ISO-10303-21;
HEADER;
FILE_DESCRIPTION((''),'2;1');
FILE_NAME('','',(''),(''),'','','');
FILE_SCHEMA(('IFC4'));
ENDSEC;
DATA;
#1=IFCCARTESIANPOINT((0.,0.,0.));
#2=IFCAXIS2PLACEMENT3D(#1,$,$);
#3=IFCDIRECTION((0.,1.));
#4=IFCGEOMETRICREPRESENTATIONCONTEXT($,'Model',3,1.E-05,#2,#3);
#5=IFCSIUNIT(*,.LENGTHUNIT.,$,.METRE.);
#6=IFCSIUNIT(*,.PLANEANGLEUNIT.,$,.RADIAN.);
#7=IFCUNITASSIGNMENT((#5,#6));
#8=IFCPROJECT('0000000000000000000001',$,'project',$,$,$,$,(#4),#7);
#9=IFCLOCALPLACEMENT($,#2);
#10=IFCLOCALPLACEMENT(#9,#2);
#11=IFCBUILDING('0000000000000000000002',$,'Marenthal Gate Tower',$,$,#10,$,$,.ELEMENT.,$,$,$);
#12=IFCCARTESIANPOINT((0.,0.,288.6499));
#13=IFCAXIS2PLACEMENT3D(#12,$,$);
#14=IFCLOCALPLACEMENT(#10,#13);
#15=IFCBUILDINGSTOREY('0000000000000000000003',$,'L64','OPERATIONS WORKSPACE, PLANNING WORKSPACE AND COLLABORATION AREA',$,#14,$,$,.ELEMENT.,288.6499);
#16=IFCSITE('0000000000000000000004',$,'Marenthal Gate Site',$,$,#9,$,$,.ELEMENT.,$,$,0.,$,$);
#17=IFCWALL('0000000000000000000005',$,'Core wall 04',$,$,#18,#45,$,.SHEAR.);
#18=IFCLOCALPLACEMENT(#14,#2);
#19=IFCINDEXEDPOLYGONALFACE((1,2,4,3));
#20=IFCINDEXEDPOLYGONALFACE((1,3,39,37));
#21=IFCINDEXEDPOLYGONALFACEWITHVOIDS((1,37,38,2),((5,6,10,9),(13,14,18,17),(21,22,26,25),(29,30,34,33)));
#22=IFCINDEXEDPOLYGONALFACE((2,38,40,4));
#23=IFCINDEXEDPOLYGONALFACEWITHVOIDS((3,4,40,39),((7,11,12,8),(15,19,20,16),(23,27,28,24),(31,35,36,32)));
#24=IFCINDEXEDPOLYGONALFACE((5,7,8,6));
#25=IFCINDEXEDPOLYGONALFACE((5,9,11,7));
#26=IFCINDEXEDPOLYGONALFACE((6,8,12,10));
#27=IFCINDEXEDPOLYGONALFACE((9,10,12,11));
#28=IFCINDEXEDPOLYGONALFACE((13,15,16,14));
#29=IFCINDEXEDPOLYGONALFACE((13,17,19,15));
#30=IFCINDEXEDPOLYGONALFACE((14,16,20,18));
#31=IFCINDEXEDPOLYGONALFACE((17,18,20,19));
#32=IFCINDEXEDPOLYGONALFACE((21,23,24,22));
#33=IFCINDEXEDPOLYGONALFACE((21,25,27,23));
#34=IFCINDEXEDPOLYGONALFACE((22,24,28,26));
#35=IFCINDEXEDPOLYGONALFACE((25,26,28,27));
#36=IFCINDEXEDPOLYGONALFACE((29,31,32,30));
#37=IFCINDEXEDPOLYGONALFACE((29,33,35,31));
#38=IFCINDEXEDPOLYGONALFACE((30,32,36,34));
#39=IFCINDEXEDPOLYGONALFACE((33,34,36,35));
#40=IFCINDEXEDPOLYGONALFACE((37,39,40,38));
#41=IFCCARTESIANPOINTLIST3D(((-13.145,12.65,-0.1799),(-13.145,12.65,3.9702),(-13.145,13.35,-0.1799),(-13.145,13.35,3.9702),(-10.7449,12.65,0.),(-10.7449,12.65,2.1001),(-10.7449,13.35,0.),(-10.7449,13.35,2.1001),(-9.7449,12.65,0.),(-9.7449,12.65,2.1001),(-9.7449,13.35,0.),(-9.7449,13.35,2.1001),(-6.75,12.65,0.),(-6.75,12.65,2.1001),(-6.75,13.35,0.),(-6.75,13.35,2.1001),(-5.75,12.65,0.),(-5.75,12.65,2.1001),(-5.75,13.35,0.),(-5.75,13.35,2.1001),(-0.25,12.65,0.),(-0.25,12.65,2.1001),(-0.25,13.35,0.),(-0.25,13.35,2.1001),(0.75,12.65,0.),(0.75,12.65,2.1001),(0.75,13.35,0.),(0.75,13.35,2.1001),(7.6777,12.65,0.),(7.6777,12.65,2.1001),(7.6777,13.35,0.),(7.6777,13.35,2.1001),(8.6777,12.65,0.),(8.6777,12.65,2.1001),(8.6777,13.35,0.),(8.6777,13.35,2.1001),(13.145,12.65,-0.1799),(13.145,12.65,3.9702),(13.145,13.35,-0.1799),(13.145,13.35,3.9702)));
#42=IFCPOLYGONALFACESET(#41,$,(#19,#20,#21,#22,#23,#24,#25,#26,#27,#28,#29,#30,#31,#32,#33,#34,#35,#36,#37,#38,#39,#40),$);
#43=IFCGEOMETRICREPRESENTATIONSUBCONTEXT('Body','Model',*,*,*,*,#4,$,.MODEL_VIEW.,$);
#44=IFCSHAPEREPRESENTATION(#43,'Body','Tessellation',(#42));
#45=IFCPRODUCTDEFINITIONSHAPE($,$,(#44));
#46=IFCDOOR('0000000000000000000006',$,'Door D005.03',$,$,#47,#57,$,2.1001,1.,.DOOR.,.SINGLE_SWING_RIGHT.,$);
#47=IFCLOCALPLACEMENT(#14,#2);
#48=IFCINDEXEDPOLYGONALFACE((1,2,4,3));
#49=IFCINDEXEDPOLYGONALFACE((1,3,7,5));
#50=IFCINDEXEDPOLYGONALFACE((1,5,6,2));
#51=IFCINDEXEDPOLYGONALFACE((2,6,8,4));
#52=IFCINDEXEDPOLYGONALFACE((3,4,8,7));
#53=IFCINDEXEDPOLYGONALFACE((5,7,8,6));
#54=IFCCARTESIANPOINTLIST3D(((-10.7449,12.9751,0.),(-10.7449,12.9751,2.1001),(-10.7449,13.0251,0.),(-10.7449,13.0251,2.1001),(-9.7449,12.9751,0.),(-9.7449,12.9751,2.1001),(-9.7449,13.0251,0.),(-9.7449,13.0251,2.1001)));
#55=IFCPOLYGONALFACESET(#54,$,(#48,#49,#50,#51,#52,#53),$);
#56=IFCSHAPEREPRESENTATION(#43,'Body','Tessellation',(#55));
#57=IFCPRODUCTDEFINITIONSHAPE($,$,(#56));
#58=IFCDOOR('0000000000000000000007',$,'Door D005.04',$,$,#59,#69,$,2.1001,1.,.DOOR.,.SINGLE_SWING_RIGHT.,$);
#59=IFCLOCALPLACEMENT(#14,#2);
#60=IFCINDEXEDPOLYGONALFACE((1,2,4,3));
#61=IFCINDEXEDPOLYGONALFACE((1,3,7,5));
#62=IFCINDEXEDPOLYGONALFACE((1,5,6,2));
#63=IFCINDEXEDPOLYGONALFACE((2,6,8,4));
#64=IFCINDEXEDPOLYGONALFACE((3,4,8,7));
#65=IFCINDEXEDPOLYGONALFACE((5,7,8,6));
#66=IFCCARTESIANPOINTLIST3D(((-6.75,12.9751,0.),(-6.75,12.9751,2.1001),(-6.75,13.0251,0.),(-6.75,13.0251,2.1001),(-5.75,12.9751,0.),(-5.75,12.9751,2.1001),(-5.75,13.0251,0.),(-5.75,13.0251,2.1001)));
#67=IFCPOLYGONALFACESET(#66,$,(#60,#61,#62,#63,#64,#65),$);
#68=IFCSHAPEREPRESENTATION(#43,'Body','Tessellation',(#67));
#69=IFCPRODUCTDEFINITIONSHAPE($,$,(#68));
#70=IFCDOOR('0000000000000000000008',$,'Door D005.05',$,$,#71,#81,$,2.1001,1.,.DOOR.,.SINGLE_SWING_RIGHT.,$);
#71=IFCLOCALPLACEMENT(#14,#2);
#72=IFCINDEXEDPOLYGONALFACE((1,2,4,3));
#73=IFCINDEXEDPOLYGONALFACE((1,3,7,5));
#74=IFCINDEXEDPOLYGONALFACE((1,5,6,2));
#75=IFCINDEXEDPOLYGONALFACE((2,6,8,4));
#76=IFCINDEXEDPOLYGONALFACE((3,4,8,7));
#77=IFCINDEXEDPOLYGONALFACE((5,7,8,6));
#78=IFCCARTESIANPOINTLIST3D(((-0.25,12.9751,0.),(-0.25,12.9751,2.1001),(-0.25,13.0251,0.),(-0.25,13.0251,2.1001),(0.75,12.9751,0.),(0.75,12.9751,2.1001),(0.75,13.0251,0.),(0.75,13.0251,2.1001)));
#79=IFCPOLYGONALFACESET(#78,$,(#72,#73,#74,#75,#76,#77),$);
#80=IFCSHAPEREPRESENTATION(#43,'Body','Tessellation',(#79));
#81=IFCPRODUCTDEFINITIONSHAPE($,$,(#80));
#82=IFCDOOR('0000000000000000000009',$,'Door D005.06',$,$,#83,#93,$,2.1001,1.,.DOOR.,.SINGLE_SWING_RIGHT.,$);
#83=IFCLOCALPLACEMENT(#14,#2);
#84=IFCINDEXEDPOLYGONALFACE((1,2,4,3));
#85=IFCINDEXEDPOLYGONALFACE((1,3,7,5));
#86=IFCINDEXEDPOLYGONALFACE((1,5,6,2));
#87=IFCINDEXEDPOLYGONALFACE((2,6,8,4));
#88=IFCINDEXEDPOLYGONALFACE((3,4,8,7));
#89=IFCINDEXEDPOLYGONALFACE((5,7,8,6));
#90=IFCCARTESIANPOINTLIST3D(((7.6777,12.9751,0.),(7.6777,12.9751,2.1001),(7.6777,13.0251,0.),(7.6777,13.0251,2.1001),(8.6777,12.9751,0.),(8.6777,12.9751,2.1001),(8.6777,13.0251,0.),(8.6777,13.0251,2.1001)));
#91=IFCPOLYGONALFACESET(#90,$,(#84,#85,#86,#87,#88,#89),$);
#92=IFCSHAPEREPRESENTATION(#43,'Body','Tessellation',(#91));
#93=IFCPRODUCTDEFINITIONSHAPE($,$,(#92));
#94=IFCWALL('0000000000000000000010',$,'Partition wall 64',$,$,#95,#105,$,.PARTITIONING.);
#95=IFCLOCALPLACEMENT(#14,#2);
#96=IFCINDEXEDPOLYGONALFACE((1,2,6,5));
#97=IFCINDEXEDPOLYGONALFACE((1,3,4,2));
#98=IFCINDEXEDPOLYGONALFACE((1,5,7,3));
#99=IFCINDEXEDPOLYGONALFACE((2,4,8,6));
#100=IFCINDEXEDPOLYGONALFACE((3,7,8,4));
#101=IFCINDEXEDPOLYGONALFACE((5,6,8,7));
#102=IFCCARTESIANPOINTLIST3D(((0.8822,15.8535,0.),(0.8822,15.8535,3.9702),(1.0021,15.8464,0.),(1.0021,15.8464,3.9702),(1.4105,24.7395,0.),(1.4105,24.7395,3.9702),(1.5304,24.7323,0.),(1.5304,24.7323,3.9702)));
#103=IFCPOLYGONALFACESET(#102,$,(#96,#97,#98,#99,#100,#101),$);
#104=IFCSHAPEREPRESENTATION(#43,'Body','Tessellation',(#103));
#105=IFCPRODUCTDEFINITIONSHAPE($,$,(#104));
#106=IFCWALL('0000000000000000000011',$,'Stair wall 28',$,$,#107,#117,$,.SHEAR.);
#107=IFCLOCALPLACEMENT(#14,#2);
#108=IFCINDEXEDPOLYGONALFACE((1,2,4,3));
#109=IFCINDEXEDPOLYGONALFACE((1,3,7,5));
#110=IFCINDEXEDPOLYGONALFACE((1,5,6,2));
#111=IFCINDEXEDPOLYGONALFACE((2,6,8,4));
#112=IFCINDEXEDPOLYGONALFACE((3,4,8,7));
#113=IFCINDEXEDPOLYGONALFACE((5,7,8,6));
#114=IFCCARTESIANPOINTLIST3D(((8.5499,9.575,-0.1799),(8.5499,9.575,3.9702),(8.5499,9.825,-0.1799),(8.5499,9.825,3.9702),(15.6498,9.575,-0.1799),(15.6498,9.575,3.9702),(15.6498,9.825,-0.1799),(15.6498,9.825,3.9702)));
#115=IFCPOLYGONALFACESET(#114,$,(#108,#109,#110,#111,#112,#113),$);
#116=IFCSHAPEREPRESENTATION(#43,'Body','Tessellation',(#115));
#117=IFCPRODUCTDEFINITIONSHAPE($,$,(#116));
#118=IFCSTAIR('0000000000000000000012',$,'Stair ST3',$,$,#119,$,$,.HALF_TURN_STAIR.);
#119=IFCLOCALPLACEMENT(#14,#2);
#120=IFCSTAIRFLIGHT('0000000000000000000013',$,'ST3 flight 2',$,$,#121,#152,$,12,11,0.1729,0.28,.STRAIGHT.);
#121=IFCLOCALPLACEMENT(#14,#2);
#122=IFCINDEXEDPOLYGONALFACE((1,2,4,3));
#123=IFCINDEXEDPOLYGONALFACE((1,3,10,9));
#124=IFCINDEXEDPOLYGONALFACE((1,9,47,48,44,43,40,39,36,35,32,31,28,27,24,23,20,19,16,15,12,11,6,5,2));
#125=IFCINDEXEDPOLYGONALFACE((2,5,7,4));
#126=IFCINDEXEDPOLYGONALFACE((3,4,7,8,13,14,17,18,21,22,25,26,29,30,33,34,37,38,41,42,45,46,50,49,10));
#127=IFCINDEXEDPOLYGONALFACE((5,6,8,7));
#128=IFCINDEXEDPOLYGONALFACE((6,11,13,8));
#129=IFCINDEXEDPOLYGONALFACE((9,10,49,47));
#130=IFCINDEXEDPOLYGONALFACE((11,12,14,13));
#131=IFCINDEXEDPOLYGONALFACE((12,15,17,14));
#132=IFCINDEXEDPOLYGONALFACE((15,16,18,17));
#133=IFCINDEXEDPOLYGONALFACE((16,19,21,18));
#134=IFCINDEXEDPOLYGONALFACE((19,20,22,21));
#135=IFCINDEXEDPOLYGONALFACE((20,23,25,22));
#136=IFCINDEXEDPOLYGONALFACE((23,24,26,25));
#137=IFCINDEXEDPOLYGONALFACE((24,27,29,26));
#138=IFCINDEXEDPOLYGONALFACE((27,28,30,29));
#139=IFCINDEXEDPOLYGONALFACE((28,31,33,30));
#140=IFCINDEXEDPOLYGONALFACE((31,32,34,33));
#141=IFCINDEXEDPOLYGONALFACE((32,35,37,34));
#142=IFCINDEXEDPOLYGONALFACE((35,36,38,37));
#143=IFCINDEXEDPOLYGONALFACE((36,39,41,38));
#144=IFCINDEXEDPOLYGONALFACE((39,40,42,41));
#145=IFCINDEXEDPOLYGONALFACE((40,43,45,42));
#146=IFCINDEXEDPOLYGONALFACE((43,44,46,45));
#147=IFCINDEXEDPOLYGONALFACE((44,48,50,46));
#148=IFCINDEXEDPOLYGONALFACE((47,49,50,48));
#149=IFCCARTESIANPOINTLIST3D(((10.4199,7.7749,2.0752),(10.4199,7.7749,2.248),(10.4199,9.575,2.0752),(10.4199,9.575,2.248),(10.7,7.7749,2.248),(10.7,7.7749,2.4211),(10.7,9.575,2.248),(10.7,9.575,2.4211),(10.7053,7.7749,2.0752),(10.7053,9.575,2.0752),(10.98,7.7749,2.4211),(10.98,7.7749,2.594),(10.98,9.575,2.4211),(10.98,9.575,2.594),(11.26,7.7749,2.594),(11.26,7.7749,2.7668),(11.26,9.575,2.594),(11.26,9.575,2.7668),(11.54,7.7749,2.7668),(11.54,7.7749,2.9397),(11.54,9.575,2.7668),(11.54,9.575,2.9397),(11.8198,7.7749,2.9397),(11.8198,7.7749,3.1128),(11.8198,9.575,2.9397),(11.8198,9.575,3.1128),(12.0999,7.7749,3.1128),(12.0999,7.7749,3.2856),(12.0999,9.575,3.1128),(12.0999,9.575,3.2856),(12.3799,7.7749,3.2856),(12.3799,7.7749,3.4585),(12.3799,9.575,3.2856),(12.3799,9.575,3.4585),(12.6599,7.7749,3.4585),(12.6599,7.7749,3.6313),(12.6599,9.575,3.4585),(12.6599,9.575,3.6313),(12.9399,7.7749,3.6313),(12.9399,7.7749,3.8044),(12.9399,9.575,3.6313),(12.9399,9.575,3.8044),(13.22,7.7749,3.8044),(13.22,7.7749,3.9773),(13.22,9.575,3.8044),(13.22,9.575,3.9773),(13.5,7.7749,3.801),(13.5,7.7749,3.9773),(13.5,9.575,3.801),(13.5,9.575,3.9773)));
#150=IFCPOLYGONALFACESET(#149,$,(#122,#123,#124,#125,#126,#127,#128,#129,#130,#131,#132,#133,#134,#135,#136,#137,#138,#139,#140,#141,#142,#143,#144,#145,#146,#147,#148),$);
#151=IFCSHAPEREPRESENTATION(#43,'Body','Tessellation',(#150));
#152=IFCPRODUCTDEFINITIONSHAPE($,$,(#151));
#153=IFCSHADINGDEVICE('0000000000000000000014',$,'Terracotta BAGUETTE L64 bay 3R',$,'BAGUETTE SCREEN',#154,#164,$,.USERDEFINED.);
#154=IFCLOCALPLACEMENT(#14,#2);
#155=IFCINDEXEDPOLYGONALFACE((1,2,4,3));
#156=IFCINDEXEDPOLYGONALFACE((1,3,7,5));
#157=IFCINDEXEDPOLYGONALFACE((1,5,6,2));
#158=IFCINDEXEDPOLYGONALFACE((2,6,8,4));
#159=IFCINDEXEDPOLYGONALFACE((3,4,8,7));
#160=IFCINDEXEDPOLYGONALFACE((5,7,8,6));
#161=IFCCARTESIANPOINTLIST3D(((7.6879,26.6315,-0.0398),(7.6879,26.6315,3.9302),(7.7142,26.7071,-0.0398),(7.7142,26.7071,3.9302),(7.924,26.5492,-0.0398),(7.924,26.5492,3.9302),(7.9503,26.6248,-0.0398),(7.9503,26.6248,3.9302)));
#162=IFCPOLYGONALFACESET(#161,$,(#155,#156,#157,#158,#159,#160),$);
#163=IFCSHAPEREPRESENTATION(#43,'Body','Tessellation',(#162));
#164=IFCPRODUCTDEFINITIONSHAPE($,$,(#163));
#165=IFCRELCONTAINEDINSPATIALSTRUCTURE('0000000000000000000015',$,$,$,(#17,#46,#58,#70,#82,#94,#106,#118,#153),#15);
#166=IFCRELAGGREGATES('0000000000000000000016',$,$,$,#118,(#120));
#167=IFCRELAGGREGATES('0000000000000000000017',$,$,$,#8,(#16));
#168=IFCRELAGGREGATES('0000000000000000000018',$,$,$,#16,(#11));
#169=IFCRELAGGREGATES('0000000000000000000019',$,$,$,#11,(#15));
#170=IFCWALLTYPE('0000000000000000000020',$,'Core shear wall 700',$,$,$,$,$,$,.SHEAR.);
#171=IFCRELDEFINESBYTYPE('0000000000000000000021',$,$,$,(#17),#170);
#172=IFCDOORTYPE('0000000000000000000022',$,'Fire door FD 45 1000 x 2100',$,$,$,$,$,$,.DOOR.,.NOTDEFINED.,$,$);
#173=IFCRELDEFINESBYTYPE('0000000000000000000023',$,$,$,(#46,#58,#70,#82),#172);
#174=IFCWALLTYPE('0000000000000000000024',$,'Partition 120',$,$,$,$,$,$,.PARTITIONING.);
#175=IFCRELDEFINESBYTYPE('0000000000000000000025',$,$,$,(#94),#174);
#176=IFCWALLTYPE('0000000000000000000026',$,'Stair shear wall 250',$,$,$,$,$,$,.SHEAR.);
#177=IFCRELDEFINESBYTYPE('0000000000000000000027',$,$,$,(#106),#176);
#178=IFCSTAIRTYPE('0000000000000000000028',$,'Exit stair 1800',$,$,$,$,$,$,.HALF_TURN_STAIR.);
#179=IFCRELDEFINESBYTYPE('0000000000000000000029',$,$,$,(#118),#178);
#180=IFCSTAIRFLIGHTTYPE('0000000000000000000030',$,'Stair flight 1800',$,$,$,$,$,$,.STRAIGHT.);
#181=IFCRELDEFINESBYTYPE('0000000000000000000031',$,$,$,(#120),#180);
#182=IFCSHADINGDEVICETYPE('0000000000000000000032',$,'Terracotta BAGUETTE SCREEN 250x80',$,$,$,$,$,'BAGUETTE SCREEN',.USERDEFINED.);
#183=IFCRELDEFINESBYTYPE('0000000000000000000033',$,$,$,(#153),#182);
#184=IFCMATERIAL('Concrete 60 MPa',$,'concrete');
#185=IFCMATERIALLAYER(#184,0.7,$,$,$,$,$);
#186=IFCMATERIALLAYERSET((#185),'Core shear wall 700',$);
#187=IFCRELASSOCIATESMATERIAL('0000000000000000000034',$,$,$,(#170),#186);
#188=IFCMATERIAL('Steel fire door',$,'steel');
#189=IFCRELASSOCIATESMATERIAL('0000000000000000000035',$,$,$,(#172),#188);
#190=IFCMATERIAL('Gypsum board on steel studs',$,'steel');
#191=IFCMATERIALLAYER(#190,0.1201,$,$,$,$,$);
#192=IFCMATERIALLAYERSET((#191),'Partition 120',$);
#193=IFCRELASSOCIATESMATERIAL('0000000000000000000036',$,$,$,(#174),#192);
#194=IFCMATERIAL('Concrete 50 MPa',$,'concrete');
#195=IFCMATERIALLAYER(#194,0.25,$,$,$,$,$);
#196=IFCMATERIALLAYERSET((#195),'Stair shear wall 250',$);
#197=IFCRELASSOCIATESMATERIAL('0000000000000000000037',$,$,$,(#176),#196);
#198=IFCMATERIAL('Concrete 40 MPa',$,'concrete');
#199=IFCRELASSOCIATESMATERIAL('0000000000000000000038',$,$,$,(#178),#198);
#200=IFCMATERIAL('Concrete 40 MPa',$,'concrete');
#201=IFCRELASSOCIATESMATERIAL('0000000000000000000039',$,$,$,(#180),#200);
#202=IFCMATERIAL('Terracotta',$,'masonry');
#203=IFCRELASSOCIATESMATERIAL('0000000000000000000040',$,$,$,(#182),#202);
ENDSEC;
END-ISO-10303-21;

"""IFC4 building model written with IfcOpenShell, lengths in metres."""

from ifc_helpers import new_model, si_unit, direction, frame, frame_2d, origin, origin_2d, place, context, subcontext, project, spatial, polyline, rectangle, outline, extrude, material, layer, layer_set, material_profile, profile_set, type_object, element, fill, aggregate, save


model = new_model("IFC4")

# Units and contexts
model_context = context("Model", 3, precision=1e-05, world=origin(), true_north=direction((0.0, 1.0)))
body_context = subcontext(model_context, "Body", "Model", "MODEL_VIEW")
ifc_project = project(units=[si_unit("LENGTHUNIT", "METRE"), si_unit("PLANEANGLEUNIT", "RADIAN")], contexts=[model_context])

# Site, building, storey
site_placement = place(None, origin())
site = spatial("IfcSite", under=ifc_project, at=site_placement, Name="Marenthal Gate Site", CompositionType="ELEMENT", RefElevation=0.0)
building_placement = place(site_placement, origin())
building = spatial("IfcBuilding", under=site, at=building_placement, Name="Marenthal Gate Tower", CompositionType="ELEMENT")
storey_placement = place(building_placement, frame((0.0, 0.0, 288.6499)))
storey = spatial("IfcBuildingStorey", under=building, at=storey_placement, Name="L64", Description="OPERATIONS WORKSPACE, PLANNING WORKSPACE AND COLLABORATION AREA", CompositionType="ELEMENT", Elevation=288.6499)

# Wall, openings, doors
ifc_material_1 = material(Name="Concrete 60 MPa", Category="concrete")
ifc_layer_1 = layer(ifc_material_1, 0.7)
ifc_layer_set_1 = layer_set([ifc_layer_1], Name="Core shear wall 700")
wall_type_1 = type_object("IfcWallType", Name="Core shear wall 700", PredefinedType="SHEAR", material=ifc_layer_set_1)
wall_1_placement = place(storey_placement, frame((13.145, 13.0, -0.1799), z_axis=(0.0, 0.0, 1.0), x_axis=(-1.0, 0.0, 0.0)))
wall_1 = element("IfcWall", 1, at=wall_1_placement, inside=storey, type_object=wall_type_1, Name="Core wall 04", PredefinedType="SHEAR", context=body_context, shape_type="SweptSolid", body=[
    extrude(rectangle(XDim=26.29, YDim=0.7, at=frame_2d((13.145, 0.0))), origin(), (0.0, 0.0, 1.0), 4.1501),
])
opening_1_placement = place(wall_1_placement, frame((22.8899, 0.0, 0.1799)))
opening_1 = element("IfcOpeningElement", 2, at=opening_1_placement, cuts=wall_1, PredefinedType="OPENING", context=body_context, shape_type="SweptSolid", body=[
    extrude(rectangle(XDim=1.0, YDim=2.1001, at=frame_2d((0.5, 1.05))), frame((0.0, 0.3599, 0.0), z_axis=(0.0, -1.0, 0.0), x_axis=(1.0, 0.0, 0.0)), (0.0, 0.0, 1.0), 0.72),
])
opening_2_placement = place(wall_1_placement, frame((18.895, 0.0, 0.1799)))
opening_2 = element("IfcOpeningElement", 3, at=opening_2_placement, cuts=wall_1, PredefinedType="OPENING", context=body_context, shape_type="SweptSolid", body=[
    extrude(rectangle(XDim=1.0, YDim=2.1001, at=frame_2d((0.5, 1.05))), frame((0.0, 0.3599, 0.0), z_axis=(0.0, -1.0, 0.0), x_axis=(1.0, 0.0, 0.0)), (0.0, 0.0, 1.0), 0.72),
])
opening_3_placement = place(wall_1_placement, frame((12.395, 0.0, 0.1799)))
opening_3 = element("IfcOpeningElement", 4, at=opening_3_placement, cuts=wall_1, PredefinedType="OPENING", context=body_context, shape_type="SweptSolid", body=[
    extrude(rectangle(XDim=1.0, YDim=2.1001, at=frame_2d((0.5, 1.05))), frame((0.0, 0.3599, 0.0), z_axis=(0.0, -1.0, 0.0), x_axis=(1.0, 0.0, 0.0)), (0.0, 0.0, 1.0), 0.72),
])
opening_4_placement = place(wall_1_placement, frame((4.4673, 0.0, 0.1799)))
opening_4 = element("IfcOpeningElement", 5, at=opening_4_placement, cuts=wall_1, PredefinedType="OPENING", context=body_context, shape_type="SweptSolid", body=[
    extrude(rectangle(XDim=1.0, YDim=2.1001, at=frame_2d((0.5, 1.05))), frame((0.0, 0.3599, 0.0), z_axis=(0.0, -1.0, 0.0), x_axis=(1.0, 0.0, 0.0)), (0.0, 0.0, 1.0), 0.72),
])
ifc_material_2 = material(Name="Steel fire door", Category="steel")
door_type = type_object("IfcDoorType", Name="Fire door FD 45 1000 x 2100", OperationType="NOTDEFINED", PredefinedType="DOOR", material=ifc_material_2)
door_1_placement = place(opening_1_placement, origin())
door_1 = element("IfcDoor", 6, at=door_1_placement, inside=storey, type_object=door_type, Name="Door D005.03", OperationType="SINGLE_SWING_RIGHT", OverallHeight=2.1001, OverallWidth=1.0, PredefinedType="DOOR", context=body_context, shape_type="SweptSolid", body=[
    extrude(rectangle(XDim=1.0, YDim=2.1001, at=frame_2d((0.5, 1.05))), frame((0.0, 0.0249, 0.0), z_axis=(0.0, -1.0, 0.0), x_axis=(1.0, 0.0, 0.0)), (0.0, 0.0, 1.0), 0.05),
])
fill(opening_1, door_1)
door_2_placement = place(opening_2_placement, origin())
door_2 = element("IfcDoor", 7, at=door_2_placement, inside=storey, type_object=door_type, Name="Door D005.04", OperationType="SINGLE_SWING_RIGHT", OverallHeight=2.1001, OverallWidth=1.0, PredefinedType="DOOR", context=body_context, shape_type="SweptSolid", body=[
    extrude(rectangle(XDim=1.0, YDim=2.1001, at=frame_2d((0.5, 1.05))), frame((0.0, 0.0249, 0.0), z_axis=(0.0, -1.0, 0.0), x_axis=(1.0, 0.0, 0.0)), (0.0, 0.0, 1.0), 0.05),
])
fill(opening_2, door_2)
door_3_placement = place(opening_3_placement, origin())
door_3 = element("IfcDoor", 8, at=door_3_placement, inside=storey, type_object=door_type, Name="Door D005.05", OperationType="SINGLE_SWING_RIGHT", OverallHeight=2.1001, OverallWidth=1.0, PredefinedType="DOOR", context=body_context, shape_type="SweptSolid", body=[
    extrude(rectangle(XDim=1.0, YDim=2.1001, at=frame_2d((0.5, 1.05))), frame((0.0, 0.0249, 0.0), z_axis=(0.0, -1.0, 0.0), x_axis=(1.0, 0.0, 0.0)), (0.0, 0.0, 1.0), 0.05),
])
fill(opening_3, door_3)
door_4_placement = place(opening_4_placement, origin())
door_4 = element("IfcDoor", 9, at=door_4_placement, inside=storey, type_object=door_type, Name="Door D005.06", OperationType="SINGLE_SWING_RIGHT", OverallHeight=2.1001, OverallWidth=1.0, PredefinedType="DOOR", context=body_context, shape_type="SweptSolid", body=[
    extrude(rectangle(XDim=1.0, YDim=2.1001, at=frame_2d((0.5, 1.05))), frame((0.0, 0.0249, 0.0), z_axis=(0.0, -1.0, 0.0), x_axis=(1.0, 0.0, 0.0)), (0.0, 0.0, 1.0), 0.05),
])
fill(opening_4, door_4)

# Walls
ifc_material_3 = material(Name="Gypsum board on steel studs", Category="steel")
ifc_layer_2 = layer(ifc_material_3, 0.1201)
ifc_layer_set_2 = layer_set([ifc_layer_2], Name="Partition 120")
wall_type_2 = type_object("IfcWallType", Name="Partition 120", PredefinedType="PARTITIONING", material=ifc_layer_set_2)
wall_2_placement = place(storey_placement, frame((0.9421, 15.8501, 0.0), z_axis=(0.0, 0.0, 1.0), x_axis=(0.059351, 0.998237, 0.0)))
element("IfcWall", 10, at=wall_2_placement, inside=storey, type_object=wall_type_2, Name="Partition wall 64", PredefinedType="PARTITIONING", context=body_context, shape_type="SweptSolid", body=[
    extrude(rectangle(XDim=8.9016, YDim=0.1201, at=frame_2d((4.4507, 0.0))), origin(), (0.0, 0.0, 1.0), 3.9702),
])
ifc_material_4 = material(Name="Concrete 50 MPa", Category="concrete")
ifc_layer_3 = layer(ifc_material_4, 0.25)
ifc_layer_set_3 = layer_set([ifc_layer_3], Name="Stair shear wall 250")
wall_type_3 = type_object("IfcWallType", Name="Stair shear wall 250", PredefinedType="SHEAR", material=ifc_layer_set_3)
wall_3_placement = place(storey_placement, frame((8.55, 9.7, -0.1799), z_axis=(0.0, 0.0, 1.0), x_axis=(1.0, 0.0, 0.0)))
element("IfcWall", 11, at=wall_3_placement, inside=storey, type_object=wall_type_3, Name="Stair wall 28", PredefinedType="SHEAR", context=body_context, shape_type="SweptSolid", body=[
    extrude(rectangle(XDim=7.0999, YDim=0.25, at=frame_2d((3.5498, 0.0))), origin(), (0.0, 0.0, 1.0), 4.1501),
])

# Stair, stair flight
ifc_material_5 = material(Name="Concrete 40 MPa", Category="concrete")
stair_type = type_object("IfcStairType", Name="Exit stair 1800", PredefinedType="HALF_TURN_STAIR", material=ifc_material_5)
stair_placement = place(storey_placement, origin())
stair = element("IfcStair", 12, at=stair_placement, inside=storey, type_object=stair_type, Name="Stair ST3", PredefinedType="HALF_TURN_STAIR")
ifc_material_6 = material(Name="Concrete 40 MPa", Category="concrete")
stair_flight_type = type_object("IfcStairFlightType", Name="Stair flight 1800", PredefinedType="STRAIGHT", material=ifc_material_6)
stair_flight_placement = place(storey_placement, frame((10.4199, 8.675, 2.0752), z_axis=(0.0, 0.0, 1.0), x_axis=(1.0, 0.0, 0.0)))
stair_flight = element("IfcStairFlight", 13, at=stair_flight_placement, type_object=stair_flight_type, Name="ST3 flight 2", NumberOfRisers=12, NumberOfTreads=11, PredefinedType="STRAIGHT", RiserHeight=0.1729, TreadLength=0.28, context=body_context, shape_type="SweptSolid", body=[
    extrude(outline(polyline([(0.0, 0.0), (0.0, 0.1729), (0.28, 0.1729), (0.28, 0.3459), (0.5601, 0.3459), (0.5601, 0.5188), (0.8401, 0.5188), (0.8401, 0.6917), (1.1201, 0.6917), (1.1201, 0.8645), (1.3999, 0.8645), (1.3999, 1.0376), (1.6799, 1.0376), (1.6799, 1.2104), (1.96, 1.2104), (1.96, 1.3833), (2.24, 1.3833), (2.24, 1.5562), (2.52, 1.5562), (2.52, 1.7292), (2.8, 1.7292), (2.8, 1.9021), (3.0801, 1.9021), (3.0801, 2.075), (3.0801, 1.7258), (0.2854, 0.0), (0.0, 0.0)])), frame((0.0, 0.8999, 0.0), z_axis=(0.0, -1.0, 0.0), x_axis=(1.0, 0.0, 0.0)), (0.0, 0.0, 1.0), 1.8),
])
aggregate(stair, [stair_flight])

# Shading device
ifc_material_7 = material(Name="Terracotta", Category="masonry")
ifc_material_profile_1 = material_profile(ifc_material_7, rectangle(XDim=0.25, YDim=0.0801, at=origin_2d()), Name="Terracotta baguette 250x80")
ifc_profile_set_1 = profile_set([ifc_material_profile_1], Name="Terracotta")
shading_device_type = type_object("IfcShadingDeviceType", Name="Terracotta BAGUETTE SCREEN 250x80", ElementType="BAGUETTE SCREEN", PredefinedType="USERDEFINED", material=ifc_profile_set_1)
shading_device_placement = place(storey_placement, frame((7.8191, 26.6282, -0.0398), z_axis=(0.0, 0.0, 1.0), x_axis=(-0.944305, 0.329072, 0.0)))
element("IfcShadingDevice", 14, at=shading_device_placement, inside=storey, type_object=shading_device_type, Name="Terracotta BAGUETTE L64 bay 3R", ObjectType="BAGUETTE SCREEN", PredefinedType="USERDEFINED", context=body_context, shape_type="SweptSolid", body=[
    extrude(rectangle(XDim=0.25, YDim=0.0801, at=origin_2d()), origin(), (0.0, 0.0, 1.0), 3.97),
])

save(model, "model.ifc")
